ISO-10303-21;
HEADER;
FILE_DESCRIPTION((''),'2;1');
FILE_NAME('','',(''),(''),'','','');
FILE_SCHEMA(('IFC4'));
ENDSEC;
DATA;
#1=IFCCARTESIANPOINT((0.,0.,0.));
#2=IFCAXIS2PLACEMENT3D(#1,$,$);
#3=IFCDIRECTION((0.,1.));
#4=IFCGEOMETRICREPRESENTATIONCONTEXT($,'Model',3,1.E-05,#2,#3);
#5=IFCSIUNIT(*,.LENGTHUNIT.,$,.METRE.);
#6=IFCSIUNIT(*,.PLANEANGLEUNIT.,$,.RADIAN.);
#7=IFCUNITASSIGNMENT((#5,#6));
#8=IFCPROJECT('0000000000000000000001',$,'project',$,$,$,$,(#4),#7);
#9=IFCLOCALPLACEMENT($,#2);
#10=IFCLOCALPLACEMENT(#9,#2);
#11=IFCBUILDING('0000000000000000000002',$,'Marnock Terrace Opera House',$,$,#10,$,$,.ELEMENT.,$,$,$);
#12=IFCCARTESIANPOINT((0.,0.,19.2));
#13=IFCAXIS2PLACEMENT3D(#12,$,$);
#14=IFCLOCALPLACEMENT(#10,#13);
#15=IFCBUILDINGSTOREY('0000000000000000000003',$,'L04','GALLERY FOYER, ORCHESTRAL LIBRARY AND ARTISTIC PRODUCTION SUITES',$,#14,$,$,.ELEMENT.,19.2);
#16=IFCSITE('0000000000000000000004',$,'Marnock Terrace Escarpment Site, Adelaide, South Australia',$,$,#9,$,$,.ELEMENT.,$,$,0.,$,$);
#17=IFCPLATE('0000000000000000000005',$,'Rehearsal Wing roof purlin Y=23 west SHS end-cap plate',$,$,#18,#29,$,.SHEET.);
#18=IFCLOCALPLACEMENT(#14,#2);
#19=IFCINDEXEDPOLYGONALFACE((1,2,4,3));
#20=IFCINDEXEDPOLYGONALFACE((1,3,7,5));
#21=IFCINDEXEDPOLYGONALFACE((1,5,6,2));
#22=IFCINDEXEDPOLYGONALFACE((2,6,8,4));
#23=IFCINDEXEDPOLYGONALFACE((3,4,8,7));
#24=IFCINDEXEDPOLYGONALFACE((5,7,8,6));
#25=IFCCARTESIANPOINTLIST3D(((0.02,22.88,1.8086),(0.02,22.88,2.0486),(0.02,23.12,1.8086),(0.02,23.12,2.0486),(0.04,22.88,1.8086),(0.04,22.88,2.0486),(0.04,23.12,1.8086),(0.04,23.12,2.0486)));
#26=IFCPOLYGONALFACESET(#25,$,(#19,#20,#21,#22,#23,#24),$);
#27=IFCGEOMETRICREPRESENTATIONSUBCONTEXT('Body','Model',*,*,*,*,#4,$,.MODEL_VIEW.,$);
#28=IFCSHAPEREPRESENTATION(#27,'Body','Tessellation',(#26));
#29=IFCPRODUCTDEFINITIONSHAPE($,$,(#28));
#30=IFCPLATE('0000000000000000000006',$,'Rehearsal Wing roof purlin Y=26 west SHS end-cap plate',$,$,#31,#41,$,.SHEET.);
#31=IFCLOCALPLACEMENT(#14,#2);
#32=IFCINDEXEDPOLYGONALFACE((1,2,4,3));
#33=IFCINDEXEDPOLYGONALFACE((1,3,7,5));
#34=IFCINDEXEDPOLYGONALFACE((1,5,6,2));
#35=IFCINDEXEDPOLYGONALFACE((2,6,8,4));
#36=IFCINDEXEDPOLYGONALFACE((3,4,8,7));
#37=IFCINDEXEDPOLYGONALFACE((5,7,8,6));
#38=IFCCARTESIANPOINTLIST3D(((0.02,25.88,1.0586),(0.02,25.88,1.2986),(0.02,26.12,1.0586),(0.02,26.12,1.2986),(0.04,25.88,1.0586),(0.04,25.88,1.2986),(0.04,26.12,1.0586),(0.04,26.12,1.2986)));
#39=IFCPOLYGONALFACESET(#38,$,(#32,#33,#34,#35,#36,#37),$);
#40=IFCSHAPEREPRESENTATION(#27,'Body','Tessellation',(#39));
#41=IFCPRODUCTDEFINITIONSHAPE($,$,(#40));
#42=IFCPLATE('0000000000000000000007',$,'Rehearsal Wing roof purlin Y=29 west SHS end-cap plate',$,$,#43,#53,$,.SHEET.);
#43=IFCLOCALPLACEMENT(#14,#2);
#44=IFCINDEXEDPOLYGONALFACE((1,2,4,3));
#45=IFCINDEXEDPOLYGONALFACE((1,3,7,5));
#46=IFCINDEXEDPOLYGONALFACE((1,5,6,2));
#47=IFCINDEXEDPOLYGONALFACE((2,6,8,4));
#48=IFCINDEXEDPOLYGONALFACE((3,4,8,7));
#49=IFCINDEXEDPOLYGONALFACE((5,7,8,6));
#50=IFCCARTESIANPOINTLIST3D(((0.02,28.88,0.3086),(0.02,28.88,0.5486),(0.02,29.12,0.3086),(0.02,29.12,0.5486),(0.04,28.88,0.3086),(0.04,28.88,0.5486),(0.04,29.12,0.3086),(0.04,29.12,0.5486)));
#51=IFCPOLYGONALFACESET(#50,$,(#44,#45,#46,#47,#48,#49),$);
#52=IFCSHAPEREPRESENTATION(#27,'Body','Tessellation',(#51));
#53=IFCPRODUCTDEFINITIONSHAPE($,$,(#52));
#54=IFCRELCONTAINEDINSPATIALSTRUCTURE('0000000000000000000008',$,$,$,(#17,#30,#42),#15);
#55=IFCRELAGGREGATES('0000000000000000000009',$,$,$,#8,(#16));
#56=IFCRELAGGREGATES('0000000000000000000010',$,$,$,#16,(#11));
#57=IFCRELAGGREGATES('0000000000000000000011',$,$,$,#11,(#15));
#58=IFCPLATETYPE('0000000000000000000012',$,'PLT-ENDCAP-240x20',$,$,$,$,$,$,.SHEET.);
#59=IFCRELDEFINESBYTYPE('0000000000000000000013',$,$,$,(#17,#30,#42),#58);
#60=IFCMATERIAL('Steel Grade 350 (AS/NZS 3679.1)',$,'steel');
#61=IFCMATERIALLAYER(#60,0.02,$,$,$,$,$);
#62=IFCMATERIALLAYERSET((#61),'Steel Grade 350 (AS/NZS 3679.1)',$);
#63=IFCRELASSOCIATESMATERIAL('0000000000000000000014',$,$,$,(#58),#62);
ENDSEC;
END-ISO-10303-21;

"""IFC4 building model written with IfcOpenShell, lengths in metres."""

from ifc_helpers import new_model, si_unit, direction, frame, origin, origin_2d, place, context, subcontext, project, spatial, rectangle, extrude, material, layer, layer_set, type_object, element, save


model = new_model("IFC4")

# Units and contexts
model_context = context("Model", 3, precision=1e-05, world=origin(), true_north=direction((0.0, 1.0)))
body_context = subcontext(model_context, "Body", "Model", "MODEL_VIEW")
ifc_project = project(units=[si_unit("LENGTHUNIT", "METRE"), si_unit("PLANEANGLEUNIT", "RADIAN")], contexts=[model_context])

# Site, building, storey
site_placement = place(None, origin())
site = spatial("IfcSite", under=ifc_project, at=site_placement, Name="Marnock Terrace Escarpment Site, Adelaide, South Australia", CompositionType="ELEMENT", RefElevation=0.0)
building_placement = place(site_placement, origin())
building = spatial("IfcBuilding", under=site, at=building_placement, Name="Marnock Terrace Opera House", CompositionType="ELEMENT")
storey_placement = place(building_placement, frame((0.0, 0.0, 19.2)))
storey = spatial("IfcBuildingStorey", under=building, at=storey_placement, Name="L04", Description="GALLERY FOYER, ORCHESTRAL LIBRARY AND ARTISTIC PRODUCTION SUITES", CompositionType="ELEMENT", Elevation=19.2)

# Shared definitions
ifc_material_1 = material(Name="Steel Grade 350 (AS/NZS 3679.1)", Category="steel")

# Plates
ifc_layer = layer(ifc_material_1, 0.02)
ifc_layer_set = layer_set([ifc_layer], Name="Steel Grade 350 (AS/NZS 3679.1)")
plate_type = type_object("IfcPlateType", Name="PLT-ENDCAP-240x20", PredefinedType="SHEET", material=ifc_layer_set)
for number, where, z_axis, x_axis, name in (
    (1, (0.03, 23.0, 1.8086), (0.0, 0.0, 1.0), (1.0, 0.0, 0.0), "Rehearsal Wing roof purlin Y=23 west SHS end-cap plate"),
    (2, (0.03, 26.0, 1.0586), (0.0, 0.0, 1.0), (1.0, 0.0, 0.0), "Rehearsal Wing roof purlin Y=26 west SHS end-cap plate"),
    (3, (0.03, 29.0, 0.3086), (0.0, 0.0, 1.0), (1.0, 0.0, 0.0), "Rehearsal Wing roof purlin Y=29 west SHS end-cap plate"),
):
    element("IfcPlate", number, at=place(storey_placement, frame(where, z_axis=z_axis, x_axis=x_axis)), inside=storey, type_object=plate_type, Name=name, PredefinedType="SHEET", context=body_context, shape_type="SweptSolid", body=[
        extrude(rectangle(XDim=0.02, YDim=0.24, at=origin_2d()), origin(), (0.0, 0.0, 1.0), 0.24),
    ])

save(model, "model.ifc")
